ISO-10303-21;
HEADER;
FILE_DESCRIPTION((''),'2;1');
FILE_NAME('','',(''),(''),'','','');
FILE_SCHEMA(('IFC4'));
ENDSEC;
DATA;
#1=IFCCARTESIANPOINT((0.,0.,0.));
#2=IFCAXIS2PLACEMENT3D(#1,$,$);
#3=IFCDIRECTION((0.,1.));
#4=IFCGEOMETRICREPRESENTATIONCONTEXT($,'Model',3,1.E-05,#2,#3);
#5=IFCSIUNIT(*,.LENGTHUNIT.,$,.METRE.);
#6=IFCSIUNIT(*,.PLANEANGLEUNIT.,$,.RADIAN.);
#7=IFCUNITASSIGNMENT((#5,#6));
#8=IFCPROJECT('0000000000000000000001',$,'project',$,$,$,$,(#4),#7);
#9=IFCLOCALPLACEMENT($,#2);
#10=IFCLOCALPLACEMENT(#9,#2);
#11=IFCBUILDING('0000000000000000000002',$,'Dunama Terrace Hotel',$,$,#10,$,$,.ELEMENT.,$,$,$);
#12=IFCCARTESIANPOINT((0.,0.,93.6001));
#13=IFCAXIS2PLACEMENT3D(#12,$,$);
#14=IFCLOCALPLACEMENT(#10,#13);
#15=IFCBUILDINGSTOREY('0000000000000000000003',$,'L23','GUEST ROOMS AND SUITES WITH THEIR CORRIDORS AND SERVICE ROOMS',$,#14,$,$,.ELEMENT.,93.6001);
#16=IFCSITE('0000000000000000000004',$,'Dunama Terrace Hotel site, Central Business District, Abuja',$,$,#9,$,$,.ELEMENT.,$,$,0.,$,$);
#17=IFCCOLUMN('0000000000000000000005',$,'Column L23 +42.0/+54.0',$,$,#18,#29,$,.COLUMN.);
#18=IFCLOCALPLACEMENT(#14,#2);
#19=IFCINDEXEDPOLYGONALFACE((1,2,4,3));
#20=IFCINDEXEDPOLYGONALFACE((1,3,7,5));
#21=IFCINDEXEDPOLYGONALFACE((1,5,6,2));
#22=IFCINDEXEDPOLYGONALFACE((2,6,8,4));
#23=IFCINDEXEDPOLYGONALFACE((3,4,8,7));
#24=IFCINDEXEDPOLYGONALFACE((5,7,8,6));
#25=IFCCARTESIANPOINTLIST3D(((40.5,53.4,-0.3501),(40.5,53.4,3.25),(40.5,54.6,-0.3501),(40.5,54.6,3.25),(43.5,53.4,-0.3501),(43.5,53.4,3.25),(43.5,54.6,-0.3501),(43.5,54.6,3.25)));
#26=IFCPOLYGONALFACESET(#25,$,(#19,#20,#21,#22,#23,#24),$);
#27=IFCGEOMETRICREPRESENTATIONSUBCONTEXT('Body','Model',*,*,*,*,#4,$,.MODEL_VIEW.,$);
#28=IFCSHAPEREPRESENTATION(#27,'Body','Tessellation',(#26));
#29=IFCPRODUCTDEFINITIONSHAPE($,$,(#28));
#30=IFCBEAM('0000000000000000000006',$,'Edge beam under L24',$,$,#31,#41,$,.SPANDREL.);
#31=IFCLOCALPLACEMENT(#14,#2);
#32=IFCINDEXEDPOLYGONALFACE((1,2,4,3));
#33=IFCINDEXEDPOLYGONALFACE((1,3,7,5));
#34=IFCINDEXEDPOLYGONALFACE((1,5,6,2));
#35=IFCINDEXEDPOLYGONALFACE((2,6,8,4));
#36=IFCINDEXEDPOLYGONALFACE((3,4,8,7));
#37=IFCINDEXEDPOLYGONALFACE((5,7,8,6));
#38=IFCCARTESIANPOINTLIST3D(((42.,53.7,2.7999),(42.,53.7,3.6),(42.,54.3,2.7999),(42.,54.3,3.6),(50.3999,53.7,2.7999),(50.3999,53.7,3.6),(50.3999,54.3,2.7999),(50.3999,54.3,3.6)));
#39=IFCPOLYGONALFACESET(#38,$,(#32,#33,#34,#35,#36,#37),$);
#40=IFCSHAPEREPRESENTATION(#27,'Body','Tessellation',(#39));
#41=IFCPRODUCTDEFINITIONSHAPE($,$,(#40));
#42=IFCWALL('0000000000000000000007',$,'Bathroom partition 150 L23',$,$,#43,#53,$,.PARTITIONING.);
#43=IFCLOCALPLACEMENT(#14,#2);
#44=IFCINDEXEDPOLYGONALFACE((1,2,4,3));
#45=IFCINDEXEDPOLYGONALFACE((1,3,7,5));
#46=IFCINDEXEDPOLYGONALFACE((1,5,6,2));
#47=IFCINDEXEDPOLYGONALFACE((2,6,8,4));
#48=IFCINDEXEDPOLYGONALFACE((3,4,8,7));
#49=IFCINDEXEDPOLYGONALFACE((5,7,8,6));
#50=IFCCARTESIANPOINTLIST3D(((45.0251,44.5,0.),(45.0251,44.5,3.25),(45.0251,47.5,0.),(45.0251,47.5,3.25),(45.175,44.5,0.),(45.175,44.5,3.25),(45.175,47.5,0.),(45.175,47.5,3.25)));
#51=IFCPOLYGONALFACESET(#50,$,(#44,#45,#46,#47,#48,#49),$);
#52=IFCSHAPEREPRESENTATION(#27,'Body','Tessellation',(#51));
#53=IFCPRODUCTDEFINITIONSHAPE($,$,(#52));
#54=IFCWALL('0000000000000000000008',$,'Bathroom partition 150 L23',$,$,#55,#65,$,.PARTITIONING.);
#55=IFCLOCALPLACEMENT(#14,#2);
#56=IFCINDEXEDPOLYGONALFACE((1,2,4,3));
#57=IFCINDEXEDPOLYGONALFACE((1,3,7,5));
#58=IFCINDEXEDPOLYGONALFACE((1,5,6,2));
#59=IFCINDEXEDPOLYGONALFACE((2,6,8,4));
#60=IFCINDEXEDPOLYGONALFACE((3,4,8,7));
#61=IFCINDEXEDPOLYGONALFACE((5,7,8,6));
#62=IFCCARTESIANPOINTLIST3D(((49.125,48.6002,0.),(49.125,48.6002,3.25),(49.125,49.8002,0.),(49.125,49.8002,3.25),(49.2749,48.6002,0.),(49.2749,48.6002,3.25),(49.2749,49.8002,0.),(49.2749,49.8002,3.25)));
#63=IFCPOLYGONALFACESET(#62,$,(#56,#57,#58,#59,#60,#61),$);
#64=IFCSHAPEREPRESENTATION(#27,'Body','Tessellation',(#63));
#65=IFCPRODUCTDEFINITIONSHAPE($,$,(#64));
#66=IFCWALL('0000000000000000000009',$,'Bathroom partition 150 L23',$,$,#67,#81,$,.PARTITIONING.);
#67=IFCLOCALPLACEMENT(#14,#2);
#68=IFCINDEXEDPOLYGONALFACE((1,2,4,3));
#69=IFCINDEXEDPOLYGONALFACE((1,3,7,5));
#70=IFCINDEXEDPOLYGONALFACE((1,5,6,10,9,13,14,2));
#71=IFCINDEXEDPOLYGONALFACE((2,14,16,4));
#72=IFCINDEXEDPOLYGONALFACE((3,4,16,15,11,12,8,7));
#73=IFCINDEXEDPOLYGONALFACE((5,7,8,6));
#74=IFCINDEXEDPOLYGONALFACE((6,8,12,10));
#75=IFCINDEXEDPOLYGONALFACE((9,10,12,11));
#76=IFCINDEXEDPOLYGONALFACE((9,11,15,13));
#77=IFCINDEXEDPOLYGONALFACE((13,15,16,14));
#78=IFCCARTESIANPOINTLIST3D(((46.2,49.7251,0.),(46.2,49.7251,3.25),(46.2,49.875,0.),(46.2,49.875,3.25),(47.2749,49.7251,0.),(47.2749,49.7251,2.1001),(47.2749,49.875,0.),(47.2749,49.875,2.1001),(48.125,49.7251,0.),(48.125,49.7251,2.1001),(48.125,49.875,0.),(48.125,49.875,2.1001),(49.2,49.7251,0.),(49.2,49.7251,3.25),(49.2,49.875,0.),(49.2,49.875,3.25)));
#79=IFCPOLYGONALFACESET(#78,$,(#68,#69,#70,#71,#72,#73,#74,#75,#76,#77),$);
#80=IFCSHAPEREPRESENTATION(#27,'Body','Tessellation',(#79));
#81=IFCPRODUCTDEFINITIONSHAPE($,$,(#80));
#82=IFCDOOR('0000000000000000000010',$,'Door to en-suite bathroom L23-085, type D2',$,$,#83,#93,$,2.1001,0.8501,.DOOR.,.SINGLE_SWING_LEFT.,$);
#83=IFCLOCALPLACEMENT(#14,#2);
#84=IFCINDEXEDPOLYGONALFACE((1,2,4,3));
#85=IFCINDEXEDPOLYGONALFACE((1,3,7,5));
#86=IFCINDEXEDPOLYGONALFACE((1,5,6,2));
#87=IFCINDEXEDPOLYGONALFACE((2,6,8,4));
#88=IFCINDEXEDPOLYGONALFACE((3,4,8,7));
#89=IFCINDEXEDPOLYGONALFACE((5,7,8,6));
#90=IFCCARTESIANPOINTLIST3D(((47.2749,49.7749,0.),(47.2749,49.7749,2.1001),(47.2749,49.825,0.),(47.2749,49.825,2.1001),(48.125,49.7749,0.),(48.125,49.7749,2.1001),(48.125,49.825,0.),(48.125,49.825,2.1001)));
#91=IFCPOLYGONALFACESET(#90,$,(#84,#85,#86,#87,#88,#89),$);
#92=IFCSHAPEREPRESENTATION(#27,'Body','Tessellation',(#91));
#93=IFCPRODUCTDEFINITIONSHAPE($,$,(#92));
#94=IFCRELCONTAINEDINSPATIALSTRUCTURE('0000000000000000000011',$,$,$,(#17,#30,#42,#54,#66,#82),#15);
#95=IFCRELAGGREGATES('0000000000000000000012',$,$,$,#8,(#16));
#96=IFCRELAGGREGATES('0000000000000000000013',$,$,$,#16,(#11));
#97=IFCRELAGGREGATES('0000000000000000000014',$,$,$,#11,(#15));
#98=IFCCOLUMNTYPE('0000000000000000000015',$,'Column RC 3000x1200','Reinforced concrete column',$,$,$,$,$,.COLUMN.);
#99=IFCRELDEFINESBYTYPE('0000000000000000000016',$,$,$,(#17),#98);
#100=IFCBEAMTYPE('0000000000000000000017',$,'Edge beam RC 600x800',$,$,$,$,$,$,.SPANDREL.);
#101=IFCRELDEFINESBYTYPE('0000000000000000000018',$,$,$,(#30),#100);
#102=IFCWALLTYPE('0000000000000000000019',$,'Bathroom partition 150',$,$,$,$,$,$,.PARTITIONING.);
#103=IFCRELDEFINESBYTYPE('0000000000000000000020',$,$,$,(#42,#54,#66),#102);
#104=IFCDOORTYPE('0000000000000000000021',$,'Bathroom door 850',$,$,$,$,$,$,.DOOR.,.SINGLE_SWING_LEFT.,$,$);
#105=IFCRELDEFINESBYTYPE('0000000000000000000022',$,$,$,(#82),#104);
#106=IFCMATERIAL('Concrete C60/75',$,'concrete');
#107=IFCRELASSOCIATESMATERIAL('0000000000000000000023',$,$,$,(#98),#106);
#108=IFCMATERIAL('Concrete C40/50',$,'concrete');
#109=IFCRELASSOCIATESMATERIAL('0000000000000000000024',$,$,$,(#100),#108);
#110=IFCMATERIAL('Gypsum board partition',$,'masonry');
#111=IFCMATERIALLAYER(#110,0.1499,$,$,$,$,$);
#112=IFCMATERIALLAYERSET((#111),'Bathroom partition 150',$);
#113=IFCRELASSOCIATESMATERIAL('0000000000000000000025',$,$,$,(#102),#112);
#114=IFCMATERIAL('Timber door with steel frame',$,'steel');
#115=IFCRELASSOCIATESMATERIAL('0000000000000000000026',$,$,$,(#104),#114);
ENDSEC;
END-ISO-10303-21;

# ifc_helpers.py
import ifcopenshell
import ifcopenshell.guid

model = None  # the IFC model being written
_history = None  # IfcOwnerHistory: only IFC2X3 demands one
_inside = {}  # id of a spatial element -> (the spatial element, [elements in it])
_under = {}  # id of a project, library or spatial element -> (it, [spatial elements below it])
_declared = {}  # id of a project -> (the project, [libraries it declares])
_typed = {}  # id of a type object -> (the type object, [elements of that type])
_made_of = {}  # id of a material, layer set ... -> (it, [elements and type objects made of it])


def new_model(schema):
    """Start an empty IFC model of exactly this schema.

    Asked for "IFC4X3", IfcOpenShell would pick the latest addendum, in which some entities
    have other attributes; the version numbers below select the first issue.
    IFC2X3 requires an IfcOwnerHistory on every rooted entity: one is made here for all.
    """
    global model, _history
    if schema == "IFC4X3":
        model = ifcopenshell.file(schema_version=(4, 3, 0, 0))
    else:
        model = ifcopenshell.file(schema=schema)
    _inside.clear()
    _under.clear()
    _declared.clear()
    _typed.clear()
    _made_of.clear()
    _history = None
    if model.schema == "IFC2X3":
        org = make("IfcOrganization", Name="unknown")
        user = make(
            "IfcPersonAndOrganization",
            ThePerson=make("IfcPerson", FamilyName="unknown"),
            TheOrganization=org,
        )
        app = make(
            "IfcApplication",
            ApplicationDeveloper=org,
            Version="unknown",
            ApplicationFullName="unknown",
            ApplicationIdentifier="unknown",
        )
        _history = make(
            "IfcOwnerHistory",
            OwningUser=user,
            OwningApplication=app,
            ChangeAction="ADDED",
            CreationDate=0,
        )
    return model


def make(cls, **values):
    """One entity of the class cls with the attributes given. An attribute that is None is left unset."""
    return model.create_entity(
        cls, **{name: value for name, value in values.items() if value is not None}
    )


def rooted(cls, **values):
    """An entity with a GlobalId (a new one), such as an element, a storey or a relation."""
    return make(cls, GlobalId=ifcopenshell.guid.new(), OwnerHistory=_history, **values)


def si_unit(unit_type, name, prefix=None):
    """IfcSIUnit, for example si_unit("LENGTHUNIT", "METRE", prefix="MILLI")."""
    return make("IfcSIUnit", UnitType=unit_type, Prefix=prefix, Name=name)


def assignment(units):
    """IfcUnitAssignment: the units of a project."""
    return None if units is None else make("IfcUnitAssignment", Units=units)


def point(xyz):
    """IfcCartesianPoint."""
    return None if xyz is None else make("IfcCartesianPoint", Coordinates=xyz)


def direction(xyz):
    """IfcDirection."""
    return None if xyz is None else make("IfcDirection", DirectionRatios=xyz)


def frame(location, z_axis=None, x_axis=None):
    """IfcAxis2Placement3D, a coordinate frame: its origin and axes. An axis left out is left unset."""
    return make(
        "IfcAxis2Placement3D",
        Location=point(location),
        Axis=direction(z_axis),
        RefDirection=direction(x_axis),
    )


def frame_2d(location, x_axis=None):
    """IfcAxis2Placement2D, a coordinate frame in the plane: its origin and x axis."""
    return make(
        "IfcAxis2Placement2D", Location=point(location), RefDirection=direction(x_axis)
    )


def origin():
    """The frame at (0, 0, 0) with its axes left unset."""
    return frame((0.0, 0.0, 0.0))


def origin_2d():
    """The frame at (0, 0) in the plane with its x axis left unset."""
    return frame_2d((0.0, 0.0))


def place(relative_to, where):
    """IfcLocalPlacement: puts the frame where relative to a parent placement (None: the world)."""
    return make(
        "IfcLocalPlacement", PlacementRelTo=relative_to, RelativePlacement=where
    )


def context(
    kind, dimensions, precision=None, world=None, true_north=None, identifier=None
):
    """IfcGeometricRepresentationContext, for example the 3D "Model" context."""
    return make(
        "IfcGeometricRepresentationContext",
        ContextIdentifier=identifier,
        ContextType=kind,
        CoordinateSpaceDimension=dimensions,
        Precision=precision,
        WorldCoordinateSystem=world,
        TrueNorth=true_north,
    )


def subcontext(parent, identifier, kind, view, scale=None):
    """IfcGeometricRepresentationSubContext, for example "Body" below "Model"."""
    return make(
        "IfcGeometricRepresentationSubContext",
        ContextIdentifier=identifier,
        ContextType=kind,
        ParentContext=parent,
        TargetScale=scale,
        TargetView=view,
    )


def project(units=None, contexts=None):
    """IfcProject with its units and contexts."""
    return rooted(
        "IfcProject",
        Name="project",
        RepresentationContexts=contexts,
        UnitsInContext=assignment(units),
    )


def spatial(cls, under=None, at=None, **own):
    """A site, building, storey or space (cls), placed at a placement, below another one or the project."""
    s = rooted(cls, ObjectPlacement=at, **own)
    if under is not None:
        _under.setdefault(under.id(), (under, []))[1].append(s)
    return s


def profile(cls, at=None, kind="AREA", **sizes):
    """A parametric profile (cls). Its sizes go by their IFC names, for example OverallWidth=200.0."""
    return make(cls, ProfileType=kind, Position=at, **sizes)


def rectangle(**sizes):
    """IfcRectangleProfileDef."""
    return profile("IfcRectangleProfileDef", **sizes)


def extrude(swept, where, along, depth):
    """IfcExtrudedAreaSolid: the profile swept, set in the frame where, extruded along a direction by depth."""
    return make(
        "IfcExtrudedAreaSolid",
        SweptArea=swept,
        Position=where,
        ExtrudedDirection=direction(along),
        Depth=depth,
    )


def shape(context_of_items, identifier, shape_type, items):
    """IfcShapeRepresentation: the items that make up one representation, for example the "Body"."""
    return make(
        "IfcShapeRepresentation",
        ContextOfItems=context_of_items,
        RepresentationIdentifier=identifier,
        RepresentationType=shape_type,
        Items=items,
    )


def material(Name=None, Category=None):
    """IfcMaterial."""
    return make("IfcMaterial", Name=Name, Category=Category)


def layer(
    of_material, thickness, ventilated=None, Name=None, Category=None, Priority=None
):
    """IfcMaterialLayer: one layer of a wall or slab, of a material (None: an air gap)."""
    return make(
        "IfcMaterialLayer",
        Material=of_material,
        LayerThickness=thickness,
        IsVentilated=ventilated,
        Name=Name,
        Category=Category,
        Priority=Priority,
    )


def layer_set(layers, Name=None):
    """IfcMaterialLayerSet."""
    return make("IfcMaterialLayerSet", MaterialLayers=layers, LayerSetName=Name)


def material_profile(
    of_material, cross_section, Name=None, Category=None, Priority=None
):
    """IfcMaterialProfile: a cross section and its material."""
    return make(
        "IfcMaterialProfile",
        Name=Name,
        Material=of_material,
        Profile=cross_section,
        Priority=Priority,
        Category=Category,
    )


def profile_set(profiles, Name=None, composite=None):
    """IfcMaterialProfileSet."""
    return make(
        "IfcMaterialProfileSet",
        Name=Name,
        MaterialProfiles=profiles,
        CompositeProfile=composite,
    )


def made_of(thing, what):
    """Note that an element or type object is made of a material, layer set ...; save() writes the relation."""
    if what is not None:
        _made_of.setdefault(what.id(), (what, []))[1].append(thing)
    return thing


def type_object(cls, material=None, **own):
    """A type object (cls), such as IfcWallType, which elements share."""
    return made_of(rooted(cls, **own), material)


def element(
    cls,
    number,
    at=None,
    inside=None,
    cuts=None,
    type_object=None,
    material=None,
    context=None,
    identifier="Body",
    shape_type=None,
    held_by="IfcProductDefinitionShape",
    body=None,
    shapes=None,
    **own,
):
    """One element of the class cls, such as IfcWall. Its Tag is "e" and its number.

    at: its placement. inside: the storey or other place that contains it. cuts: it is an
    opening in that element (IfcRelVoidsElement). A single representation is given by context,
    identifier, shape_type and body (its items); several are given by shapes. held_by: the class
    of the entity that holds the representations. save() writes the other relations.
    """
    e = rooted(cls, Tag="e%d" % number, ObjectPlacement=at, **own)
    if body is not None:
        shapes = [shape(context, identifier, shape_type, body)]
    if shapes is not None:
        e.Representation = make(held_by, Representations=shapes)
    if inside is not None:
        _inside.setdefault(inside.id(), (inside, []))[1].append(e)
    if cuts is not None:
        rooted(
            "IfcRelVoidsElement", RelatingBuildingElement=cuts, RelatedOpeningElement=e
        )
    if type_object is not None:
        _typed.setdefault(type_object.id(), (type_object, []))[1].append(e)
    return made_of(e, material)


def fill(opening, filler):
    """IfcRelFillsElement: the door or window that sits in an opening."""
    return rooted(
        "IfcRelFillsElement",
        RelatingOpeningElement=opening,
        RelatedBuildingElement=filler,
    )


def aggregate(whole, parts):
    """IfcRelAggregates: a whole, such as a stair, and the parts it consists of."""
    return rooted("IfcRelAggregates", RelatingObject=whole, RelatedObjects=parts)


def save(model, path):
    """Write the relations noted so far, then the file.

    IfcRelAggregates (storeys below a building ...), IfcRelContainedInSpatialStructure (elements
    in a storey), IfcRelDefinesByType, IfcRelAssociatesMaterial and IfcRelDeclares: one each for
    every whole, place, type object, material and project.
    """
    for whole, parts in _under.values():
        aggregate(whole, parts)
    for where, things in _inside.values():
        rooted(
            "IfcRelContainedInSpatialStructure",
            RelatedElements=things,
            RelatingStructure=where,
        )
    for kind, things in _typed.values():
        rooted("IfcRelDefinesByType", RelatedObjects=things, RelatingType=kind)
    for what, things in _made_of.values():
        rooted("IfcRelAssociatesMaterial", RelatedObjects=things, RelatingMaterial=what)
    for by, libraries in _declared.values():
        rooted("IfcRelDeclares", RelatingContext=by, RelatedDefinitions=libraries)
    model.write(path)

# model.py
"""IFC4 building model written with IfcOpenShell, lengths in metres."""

from ifc_helpers import new_model, si_unit, direction, frame, frame_2d, origin, origin_2d, place, context, subcontext, project, spatial, rectangle, extrude, material, layer, layer_set, material_profile, profile_set, type_object, element, fill, save


model = new_model("IFC4")

# Units and contexts
model_context = context("Model", 3, precision=1e-05, world=origin(), true_north=direction((0.0, 1.0)))
body_context = subcontext(model_context, "Body", "Model", "MODEL_VIEW")
ifc_project = project(units=[si_unit("LENGTHUNIT", "METRE"), si_unit("PLANEANGLEUNIT", "RADIAN")], contexts=[model_context])

# Site, building, storey
site_placement = place(None, origin())
site = spatial("IfcSite", under=ifc_project, at=site_placement, Name="Dunama Terrace Hotel site, Central Business District, Abuja", CompositionType="ELEMENT", RefElevation=0.0)
building_placement = place(site_placement, origin())
building = spatial("IfcBuilding", under=site, at=building_placement, Name="Dunama Terrace Hotel", CompositionType="ELEMENT")
storey_placement = place(building_placement, frame((0.0, 0.0, 93.6001)))
storey = spatial("IfcBuildingStorey", under=building, at=storey_placement, Name="L23", Description="GUEST ROOMS AND SUITES WITH THEIR CORRIDORS AND SERVICE ROOMS", CompositionType="ELEMENT", Elevation=93.6001)

# Column
ifc_material_1 = material(Name="Concrete C60/75", Category="concrete")
ifc_material_profile_1 = material_profile(ifc_material_1, rectangle(XDim=3.0, YDim=1.2, at=origin_2d()), Name="RC 3000x1200")
ifc_profile_set_1 = profile_set([ifc_material_profile_1], Name="Concrete C60/75")
column_type = type_object("IfcColumnType", Name="Column RC 3000x1200", Description="Reinforced concrete column", PredefinedType="COLUMN", material=ifc_profile_set_1)
column_placement = place(storey_placement, frame((42.0, 54.0, -0.3501), z_axis=(0.0, 0.0, 1.0), x_axis=(1.0, 0.0, 0.0)))
element("IfcColumn", 1, at=column_placement, inside=storey, type_object=column_type, Name="Column L23 +42.0/+54.0", PredefinedType="COLUMN", context=body_context, shape_type="SweptSolid", body=[
    extrude(rectangle(XDim=3.0, YDim=1.2, at=origin_2d()), origin(), (0.0, 0.0, 1.0), 3.6001),
])

# Beam
ifc_material_2 = material(Name="Concrete C40/50", Category="concrete")
ifc_material_profile_2 = material_profile(ifc_material_2, rectangle(XDim=0.6001, YDim=0.8, at=origin_2d()), Name="RC 600x800")
ifc_profile_set_2 = profile_set([ifc_material_profile_2], Name="Concrete C40/50")
beam_type = type_object("IfcBeamType", Name="Edge beam RC 600x800", PredefinedType="SPANDREL", material=ifc_profile_set_2)
beam_placement = place(storey_placement, frame((42.0, 54.0, 3.2), z_axis=(1.0, 0.0, 0.0), x_axis=(0.0, 1.0, 0.0)))
element("IfcBeam", 2, at=beam_placement, inside=storey, type_object=beam_type, Name="Edge beam under L24", PredefinedType="SPANDREL", context=body_context, shape_type="SweptSolid", body=[
    extrude(rectangle(XDim=0.6001, YDim=0.8, at=origin_2d()), origin(), (0.0, 0.0, 1.0), 8.3999),
])

# Walls
ifc_material_3 = material(Name="Gypsum board partition", Category="masonry")
ifc_layer_1 = layer(ifc_material_3, 0.1499)
ifc_layer_set_1 = layer_set([ifc_layer_1], Name="Bathroom partition 150")
wall_type_1 = type_object("IfcWallType", Name="Bathroom partition 150", PredefinedType="PARTITIONING", material=ifc_layer_set_1)
wall_1_placement = place(storey_placement, frame((45.1001, 44.5, 0.0), z_axis=(0.0, 0.0, 1.0), x_axis=(0.0, 1.0, 0.0)))
element("IfcWall", 3, at=wall_1_placement, inside=storey, type_object=wall_type_1, Name="Bathroom partition 150 L23", PredefinedType="PARTITIONING", context=body_context, shape_type="SweptSolid", body=[
    extrude(rectangle(XDim=3.0, YDim=0.1499, at=frame_2d((1.5, 0.0))), origin(), (0.0, 0.0, 1.0), 3.25),
])
wall_2_placement = place(storey_placement, frame((49.2, 48.6001, 0.0), z_axis=(0.0, 0.0, 1.0), x_axis=(0.0, 1.0, 0.0)))
element("IfcWall", 4, at=wall_2_placement, inside=storey, type_object=wall_type_1, Name="Bathroom partition 150 L23", PredefinedType="PARTITIONING", context=body_context, shape_type="SweptSolid", body=[
    extrude(rectangle(XDim=1.2, YDim=0.1499, at=frame_2d((0.6001, 0.0))), origin(), (0.0, 0.0, 1.0), 3.25),
])

# Wall, opening, door
wall_3_placement = place(storey_placement, frame((46.2, 49.8, 0.0), z_axis=(0.0, 0.0, 1.0), x_axis=(1.0, 0.0, 0.0)))
wall_3 = element("IfcWall", 5, at=wall_3_placement, inside=storey, type_object=wall_type_1, Name="Bathroom partition 150 L23", PredefinedType="PARTITIONING", context=body_context, shape_type="SweptSolid", body=[
    extrude(rectangle(XDim=3.0, YDim=0.1499, at=frame_2d((1.5, 0.0))), origin(), (0.0, 0.0, 1.0), 3.25),
])
opening_1_placement = place(wall_3_placement, frame((1.075, 0.0, 0.0)))
opening_1 = element("IfcOpeningElement", 6, at=opening_1_placement, cuts=wall_3, PredefinedType="OPENING", context=body_context, shape_type="SweptSolid", body=[
    extrude(rectangle(XDim=0.8501, YDim=2.1001, at=frame_2d((0.425, 1.05))), frame((0.0, 0.085, 0.0), z_axis=(0.0, -1.0, 0.0), x_axis=(1.0, 0.0, 0.0)), (0.0, 0.0, 1.0), 0.1699),
])
ifc_material_4 = material(Name="Timber door with steel frame", Category="steel")
door_type_1 = type_object("IfcDoorType", Name="Bathroom door 850", OperationType="SINGLE_SWING_LEFT", PredefinedType="DOOR", material=ifc_material_4)
door_1_placement = place(opening_1_placement, frame((0.8501, 0.0, 0.0), z_axis=(0.0, 0.0, 1.0), x_axis=(-1.0, 0.0, 0.0)))
door_1 = element("IfcDoor", 7, at=door_1_placement, inside=storey, type_object=door_type_1, Name="Door to en-suite bathroom L23-085, type D2", OperationType="SINGLE_SWING_LEFT", OverallHeight=2.1001, OverallWidth=0.8501, PredefinedType="DOOR", context=body_context, shape_type="SweptSolid", body=[
    extrude(rectangle(XDim=0.8501, YDim=2.1001, at=frame_2d((0.425, 1.05))), frame((0.0, 0.0251, 0.0), z_axis=(0.0, -1.0, 0.0), x_axis=(1.0, 0.0, 0.0)), (0.0, 0.0, 1.0), 0.05),
])
fill(opening_1, door_1)

save(model, "model.ifc")
